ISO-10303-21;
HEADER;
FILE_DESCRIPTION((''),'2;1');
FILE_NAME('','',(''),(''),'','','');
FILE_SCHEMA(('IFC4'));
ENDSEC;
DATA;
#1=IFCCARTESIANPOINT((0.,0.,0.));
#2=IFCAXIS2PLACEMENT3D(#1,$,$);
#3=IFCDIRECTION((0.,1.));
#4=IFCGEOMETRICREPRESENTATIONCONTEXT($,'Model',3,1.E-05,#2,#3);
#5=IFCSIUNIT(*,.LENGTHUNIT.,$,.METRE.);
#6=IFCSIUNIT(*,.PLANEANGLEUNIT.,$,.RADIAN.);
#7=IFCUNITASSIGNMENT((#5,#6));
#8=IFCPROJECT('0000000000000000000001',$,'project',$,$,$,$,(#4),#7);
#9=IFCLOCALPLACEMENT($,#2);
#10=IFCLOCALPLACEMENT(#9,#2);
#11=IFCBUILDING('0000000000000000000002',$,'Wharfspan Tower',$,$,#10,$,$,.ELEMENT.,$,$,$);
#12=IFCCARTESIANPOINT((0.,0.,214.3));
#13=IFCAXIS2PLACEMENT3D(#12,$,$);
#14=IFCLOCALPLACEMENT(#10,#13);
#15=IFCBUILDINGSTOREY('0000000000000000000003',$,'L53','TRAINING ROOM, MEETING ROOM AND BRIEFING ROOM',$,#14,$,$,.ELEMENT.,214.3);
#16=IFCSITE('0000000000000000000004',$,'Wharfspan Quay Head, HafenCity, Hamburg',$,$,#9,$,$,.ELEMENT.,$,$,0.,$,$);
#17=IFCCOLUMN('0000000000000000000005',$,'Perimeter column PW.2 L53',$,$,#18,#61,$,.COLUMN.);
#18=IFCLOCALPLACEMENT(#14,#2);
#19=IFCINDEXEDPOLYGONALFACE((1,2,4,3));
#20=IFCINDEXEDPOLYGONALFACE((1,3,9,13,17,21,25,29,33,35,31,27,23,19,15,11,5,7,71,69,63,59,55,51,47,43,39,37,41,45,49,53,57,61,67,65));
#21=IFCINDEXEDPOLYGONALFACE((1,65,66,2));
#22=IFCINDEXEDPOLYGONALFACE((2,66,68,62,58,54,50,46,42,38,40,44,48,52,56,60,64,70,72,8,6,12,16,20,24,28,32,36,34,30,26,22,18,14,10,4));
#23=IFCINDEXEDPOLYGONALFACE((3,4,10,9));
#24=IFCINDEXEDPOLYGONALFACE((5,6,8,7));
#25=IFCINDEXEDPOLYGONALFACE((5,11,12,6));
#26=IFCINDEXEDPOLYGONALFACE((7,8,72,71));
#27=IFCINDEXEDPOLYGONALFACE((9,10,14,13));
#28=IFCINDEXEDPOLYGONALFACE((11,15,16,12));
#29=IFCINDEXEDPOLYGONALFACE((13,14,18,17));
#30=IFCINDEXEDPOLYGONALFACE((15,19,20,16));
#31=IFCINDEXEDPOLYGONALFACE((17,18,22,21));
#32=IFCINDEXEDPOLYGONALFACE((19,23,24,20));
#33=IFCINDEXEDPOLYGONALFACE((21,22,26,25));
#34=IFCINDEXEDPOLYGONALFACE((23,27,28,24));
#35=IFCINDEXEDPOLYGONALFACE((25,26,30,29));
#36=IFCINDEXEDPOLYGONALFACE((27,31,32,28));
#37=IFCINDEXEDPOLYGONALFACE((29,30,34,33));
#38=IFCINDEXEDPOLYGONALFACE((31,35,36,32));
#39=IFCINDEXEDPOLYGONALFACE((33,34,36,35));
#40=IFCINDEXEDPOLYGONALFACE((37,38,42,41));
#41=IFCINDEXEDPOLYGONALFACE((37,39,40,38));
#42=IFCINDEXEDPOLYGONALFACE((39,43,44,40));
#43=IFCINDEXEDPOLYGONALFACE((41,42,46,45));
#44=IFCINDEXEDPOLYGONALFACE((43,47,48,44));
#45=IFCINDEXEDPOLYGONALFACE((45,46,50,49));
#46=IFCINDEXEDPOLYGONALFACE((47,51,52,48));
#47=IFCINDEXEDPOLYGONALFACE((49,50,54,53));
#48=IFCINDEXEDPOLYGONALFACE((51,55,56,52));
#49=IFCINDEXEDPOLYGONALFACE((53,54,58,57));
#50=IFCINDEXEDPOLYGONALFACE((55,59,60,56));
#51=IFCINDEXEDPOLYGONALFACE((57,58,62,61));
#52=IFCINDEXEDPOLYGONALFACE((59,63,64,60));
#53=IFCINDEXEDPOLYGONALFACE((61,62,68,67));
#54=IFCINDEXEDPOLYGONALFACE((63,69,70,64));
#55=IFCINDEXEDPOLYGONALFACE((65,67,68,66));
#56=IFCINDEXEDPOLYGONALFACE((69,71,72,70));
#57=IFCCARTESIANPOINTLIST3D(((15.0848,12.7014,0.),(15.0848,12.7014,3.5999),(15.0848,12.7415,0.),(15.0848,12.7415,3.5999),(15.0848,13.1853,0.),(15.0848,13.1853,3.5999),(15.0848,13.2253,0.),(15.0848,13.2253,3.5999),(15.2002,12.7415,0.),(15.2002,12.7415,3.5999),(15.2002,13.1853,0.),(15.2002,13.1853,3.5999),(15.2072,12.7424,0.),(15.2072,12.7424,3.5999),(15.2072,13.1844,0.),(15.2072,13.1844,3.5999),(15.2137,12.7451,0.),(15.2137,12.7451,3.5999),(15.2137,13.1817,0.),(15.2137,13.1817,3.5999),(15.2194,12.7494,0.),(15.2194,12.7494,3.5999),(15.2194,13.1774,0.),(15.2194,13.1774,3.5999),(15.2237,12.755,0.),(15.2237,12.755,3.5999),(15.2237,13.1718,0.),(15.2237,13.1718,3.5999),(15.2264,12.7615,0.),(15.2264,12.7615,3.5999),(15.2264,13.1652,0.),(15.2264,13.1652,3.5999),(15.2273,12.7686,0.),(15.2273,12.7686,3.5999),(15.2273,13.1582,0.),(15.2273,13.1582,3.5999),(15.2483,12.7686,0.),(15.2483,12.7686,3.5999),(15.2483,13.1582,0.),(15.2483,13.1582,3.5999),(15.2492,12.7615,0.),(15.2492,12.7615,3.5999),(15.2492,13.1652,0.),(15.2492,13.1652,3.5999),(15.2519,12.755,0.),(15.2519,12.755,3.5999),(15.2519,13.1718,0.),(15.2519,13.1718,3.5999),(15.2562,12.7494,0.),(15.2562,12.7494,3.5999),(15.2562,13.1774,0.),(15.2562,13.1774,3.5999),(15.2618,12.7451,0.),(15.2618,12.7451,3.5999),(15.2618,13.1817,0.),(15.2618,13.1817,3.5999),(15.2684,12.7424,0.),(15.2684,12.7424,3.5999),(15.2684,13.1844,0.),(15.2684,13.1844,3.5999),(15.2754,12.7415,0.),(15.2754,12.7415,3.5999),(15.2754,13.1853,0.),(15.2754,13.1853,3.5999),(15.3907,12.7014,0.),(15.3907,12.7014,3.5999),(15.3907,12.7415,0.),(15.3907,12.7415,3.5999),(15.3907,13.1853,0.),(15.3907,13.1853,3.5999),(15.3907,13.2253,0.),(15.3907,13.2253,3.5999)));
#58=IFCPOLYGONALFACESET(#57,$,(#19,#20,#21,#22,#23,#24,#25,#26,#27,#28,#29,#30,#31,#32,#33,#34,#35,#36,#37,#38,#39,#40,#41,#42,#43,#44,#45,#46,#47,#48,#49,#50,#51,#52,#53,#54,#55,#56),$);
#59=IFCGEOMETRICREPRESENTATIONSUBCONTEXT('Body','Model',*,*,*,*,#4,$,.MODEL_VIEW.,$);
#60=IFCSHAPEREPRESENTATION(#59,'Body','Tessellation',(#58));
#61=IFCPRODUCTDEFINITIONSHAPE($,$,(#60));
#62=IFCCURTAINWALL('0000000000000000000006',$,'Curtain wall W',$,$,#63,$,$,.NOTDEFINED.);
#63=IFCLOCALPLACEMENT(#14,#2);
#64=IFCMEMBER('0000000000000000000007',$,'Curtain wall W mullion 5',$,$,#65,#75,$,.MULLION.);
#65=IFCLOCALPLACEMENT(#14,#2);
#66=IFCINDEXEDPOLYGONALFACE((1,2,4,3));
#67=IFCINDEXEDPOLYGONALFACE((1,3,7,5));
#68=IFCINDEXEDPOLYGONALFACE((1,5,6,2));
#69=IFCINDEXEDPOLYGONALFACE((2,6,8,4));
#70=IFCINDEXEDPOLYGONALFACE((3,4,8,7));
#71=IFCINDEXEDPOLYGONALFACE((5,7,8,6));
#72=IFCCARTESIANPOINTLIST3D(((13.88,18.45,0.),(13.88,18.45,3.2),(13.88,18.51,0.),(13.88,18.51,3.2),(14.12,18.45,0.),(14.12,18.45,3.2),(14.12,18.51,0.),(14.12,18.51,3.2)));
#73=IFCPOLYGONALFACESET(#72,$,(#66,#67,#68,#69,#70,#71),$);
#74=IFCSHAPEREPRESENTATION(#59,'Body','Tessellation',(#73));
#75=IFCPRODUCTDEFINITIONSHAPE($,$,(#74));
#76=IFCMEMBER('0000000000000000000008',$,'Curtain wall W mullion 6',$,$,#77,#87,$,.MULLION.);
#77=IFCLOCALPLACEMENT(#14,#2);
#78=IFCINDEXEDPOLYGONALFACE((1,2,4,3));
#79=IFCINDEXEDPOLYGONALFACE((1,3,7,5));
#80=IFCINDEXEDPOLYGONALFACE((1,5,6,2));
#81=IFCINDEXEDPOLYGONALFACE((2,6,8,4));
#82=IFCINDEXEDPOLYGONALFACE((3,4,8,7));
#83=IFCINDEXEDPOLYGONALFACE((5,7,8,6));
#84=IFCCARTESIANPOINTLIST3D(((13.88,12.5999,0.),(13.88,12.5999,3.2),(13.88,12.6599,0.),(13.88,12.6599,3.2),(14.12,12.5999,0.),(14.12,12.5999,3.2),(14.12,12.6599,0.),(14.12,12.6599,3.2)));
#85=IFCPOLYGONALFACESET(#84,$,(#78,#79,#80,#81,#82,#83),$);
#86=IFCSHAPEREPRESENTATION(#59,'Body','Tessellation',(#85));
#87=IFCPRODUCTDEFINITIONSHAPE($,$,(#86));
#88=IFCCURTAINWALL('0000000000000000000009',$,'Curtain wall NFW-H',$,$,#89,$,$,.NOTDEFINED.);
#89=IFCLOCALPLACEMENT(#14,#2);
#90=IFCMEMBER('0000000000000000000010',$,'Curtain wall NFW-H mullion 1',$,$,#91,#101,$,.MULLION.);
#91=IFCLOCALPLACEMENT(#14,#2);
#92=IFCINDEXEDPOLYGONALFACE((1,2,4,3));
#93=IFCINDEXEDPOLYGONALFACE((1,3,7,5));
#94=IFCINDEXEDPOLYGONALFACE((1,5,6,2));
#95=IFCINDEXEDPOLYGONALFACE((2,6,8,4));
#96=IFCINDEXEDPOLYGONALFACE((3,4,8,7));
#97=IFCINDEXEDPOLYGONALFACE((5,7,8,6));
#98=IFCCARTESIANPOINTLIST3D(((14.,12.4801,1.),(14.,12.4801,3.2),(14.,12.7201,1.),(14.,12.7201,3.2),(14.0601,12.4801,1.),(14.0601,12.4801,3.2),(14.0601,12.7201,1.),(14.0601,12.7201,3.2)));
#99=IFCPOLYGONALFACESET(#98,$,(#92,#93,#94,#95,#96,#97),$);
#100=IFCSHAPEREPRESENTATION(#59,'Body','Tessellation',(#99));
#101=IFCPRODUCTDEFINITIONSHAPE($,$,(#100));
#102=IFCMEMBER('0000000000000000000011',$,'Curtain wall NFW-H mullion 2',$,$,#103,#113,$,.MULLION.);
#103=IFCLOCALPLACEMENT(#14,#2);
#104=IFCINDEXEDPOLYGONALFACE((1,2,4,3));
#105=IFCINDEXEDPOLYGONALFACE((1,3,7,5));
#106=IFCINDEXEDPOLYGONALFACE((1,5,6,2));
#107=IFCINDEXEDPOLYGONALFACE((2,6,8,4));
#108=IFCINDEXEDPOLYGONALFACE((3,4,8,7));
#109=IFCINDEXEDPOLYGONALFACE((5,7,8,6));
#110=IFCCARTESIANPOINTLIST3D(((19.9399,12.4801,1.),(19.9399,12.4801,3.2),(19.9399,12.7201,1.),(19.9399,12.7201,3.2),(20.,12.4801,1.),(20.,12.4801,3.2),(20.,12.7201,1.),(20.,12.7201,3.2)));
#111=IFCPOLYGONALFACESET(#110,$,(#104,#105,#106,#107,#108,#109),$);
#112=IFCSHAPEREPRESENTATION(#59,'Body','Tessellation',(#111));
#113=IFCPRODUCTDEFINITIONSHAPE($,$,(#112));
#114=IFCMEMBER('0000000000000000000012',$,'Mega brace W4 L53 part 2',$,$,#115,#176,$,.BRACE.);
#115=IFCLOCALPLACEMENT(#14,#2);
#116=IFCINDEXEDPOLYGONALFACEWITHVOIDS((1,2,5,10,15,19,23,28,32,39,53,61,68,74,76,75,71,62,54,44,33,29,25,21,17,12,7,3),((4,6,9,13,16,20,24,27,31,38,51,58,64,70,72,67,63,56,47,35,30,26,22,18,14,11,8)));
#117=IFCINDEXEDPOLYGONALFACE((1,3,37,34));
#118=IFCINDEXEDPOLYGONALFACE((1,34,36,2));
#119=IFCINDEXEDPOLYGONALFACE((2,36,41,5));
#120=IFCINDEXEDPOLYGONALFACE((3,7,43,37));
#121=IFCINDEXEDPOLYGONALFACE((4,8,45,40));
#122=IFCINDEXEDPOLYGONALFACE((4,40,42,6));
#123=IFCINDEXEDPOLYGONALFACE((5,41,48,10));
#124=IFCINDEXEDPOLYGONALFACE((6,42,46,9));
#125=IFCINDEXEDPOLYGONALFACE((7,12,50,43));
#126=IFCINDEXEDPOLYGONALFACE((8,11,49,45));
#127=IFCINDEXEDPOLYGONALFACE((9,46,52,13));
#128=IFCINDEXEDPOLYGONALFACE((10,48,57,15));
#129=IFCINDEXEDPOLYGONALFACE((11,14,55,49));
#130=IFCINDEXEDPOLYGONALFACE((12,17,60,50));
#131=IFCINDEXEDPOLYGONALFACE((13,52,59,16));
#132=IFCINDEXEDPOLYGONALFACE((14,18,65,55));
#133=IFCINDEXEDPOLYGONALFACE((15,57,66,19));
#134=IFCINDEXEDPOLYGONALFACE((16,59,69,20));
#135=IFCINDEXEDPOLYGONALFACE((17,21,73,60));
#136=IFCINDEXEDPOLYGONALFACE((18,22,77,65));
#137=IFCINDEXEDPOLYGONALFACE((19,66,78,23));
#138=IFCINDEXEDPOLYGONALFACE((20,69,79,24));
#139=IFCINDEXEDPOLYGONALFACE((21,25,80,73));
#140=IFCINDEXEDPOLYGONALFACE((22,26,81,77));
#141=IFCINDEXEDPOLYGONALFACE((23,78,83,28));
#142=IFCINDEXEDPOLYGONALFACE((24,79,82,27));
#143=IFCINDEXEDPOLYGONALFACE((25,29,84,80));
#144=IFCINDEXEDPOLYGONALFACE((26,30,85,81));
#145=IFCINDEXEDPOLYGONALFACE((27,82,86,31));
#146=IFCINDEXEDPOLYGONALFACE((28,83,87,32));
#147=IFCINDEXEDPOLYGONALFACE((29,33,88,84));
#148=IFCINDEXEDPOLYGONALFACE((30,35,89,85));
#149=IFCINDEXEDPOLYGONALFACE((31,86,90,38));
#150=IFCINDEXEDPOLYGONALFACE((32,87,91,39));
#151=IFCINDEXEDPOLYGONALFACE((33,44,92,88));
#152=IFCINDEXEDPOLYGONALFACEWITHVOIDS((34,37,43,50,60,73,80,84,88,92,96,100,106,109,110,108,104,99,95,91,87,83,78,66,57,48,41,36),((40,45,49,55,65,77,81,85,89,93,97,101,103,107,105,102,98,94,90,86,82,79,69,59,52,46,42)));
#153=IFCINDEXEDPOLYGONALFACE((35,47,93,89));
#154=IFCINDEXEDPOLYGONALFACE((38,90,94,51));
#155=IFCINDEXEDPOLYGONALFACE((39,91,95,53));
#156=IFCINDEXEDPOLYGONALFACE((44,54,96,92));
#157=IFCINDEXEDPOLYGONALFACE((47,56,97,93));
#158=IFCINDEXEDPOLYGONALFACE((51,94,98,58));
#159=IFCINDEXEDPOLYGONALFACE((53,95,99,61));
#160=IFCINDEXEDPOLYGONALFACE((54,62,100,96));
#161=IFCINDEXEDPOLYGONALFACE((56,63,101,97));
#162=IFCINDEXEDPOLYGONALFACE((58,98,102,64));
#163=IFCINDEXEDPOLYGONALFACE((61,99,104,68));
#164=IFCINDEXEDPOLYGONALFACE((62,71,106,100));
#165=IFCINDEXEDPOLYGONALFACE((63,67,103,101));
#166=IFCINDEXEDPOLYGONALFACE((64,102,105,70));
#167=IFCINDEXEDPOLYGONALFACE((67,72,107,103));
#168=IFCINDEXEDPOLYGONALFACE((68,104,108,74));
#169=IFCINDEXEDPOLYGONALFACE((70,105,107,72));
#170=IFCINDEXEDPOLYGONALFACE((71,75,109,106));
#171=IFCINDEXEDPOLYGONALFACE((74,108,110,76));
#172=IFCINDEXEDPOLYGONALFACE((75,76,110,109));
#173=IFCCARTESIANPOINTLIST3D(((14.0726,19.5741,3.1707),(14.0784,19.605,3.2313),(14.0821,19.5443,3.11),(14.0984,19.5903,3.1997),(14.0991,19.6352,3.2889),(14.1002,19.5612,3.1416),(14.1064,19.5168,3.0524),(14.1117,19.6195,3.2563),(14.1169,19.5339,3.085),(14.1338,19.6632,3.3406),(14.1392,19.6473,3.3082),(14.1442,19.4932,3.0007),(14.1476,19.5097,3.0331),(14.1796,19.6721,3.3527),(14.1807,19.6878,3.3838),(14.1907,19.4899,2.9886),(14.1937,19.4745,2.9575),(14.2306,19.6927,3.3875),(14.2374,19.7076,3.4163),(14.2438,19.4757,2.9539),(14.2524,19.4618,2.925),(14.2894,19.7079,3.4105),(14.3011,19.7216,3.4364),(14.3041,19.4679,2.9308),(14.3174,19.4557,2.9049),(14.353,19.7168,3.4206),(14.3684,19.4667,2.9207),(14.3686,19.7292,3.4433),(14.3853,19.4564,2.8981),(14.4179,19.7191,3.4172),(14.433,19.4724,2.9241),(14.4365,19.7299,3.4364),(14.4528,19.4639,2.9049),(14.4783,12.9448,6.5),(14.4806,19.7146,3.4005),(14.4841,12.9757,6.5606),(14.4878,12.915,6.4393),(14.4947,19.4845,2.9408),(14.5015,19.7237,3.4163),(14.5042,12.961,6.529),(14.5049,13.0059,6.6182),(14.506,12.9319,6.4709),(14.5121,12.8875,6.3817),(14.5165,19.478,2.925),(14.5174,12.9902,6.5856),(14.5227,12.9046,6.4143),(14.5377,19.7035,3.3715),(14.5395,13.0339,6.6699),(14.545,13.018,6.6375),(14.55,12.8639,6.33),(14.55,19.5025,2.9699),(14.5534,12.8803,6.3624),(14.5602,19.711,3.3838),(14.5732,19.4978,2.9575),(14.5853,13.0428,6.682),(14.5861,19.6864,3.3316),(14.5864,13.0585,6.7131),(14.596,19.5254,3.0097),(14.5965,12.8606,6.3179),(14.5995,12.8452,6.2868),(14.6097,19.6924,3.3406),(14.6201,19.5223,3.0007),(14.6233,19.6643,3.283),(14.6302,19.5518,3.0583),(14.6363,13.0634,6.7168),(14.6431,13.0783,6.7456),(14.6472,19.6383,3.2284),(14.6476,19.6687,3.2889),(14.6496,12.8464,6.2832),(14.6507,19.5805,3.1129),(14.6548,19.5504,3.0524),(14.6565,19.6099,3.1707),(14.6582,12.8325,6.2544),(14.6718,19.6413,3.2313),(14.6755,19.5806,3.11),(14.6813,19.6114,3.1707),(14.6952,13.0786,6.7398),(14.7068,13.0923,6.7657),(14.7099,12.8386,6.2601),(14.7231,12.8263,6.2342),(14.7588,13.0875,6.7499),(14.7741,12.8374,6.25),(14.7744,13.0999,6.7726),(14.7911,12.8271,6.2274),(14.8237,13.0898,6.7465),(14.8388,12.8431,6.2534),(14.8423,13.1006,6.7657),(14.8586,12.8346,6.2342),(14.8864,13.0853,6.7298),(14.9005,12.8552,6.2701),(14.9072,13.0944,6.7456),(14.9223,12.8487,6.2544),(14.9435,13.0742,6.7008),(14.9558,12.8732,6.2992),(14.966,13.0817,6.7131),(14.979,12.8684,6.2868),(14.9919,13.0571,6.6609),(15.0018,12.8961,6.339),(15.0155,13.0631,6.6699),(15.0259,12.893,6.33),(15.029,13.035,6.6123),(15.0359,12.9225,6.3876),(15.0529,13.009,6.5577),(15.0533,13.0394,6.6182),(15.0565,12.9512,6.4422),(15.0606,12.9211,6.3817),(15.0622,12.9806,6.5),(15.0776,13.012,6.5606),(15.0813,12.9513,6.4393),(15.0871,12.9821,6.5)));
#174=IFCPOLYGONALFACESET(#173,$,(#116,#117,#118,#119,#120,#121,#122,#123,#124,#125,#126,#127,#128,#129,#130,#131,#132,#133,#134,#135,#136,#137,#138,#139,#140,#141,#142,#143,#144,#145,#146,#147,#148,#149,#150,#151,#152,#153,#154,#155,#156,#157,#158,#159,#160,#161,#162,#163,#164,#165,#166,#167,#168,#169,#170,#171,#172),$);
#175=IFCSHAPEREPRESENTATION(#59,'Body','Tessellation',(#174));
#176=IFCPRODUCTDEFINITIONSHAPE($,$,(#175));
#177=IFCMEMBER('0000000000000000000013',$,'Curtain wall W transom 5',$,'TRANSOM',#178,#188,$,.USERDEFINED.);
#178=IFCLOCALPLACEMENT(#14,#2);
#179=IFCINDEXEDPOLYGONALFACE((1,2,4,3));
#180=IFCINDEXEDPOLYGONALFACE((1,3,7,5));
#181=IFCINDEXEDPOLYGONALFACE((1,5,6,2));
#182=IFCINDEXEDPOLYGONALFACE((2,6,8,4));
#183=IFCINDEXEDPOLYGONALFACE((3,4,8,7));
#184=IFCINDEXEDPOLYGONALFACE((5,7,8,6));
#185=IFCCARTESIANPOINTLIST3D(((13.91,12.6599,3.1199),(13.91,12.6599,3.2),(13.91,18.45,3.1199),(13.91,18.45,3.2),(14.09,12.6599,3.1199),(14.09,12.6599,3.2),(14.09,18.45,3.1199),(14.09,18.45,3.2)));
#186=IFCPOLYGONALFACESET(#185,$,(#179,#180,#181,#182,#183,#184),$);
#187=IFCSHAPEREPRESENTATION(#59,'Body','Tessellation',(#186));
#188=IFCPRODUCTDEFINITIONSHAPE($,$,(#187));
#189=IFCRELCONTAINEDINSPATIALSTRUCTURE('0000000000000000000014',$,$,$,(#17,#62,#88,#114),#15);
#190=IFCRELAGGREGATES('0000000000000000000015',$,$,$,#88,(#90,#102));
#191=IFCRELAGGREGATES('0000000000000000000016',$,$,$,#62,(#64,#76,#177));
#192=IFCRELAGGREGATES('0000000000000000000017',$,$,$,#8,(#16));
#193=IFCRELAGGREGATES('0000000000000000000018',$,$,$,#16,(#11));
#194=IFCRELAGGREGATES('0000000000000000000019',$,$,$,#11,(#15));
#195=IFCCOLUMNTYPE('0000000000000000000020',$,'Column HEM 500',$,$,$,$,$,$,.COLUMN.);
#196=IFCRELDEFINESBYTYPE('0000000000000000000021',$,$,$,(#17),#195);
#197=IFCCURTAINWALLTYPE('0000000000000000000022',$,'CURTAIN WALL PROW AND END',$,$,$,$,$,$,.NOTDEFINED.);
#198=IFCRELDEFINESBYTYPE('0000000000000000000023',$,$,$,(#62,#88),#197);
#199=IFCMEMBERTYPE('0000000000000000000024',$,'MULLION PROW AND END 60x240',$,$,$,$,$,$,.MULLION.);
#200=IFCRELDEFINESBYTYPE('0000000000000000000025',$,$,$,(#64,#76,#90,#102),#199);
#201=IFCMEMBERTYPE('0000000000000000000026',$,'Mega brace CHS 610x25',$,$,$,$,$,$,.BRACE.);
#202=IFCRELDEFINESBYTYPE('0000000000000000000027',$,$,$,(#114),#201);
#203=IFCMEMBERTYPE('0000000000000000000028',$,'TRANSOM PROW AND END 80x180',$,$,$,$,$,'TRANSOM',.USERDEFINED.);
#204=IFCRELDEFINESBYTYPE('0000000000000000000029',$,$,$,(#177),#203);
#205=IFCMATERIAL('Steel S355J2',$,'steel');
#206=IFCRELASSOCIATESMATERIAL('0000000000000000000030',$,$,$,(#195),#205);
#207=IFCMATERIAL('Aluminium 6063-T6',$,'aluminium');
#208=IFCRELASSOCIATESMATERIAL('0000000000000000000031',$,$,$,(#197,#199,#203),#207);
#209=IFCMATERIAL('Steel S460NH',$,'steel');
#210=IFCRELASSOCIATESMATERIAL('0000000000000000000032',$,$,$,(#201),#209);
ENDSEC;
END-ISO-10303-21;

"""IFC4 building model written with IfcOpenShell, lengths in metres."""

from ifc_helpers import new_model, si_unit, direction, frame, origin, origin_2d, place, context, subcontext, project, spatial, rectangle, hollow_circle, i_section, extrude, material, material_profile, profile_set, type_object, element, aggregate, save


model = new_model("IFC4")

# Units and contexts
model_context = context("Model", 3, precision=1e-05, world=origin(), true_north=direction((0.0, 1.0)))
body_context = subcontext(model_context, "Body", "Model", "MODEL_VIEW")
ifc_project = project(units=[si_unit("LENGTHUNIT", "METRE"), si_unit("PLANEANGLEUNIT", "RADIAN")], contexts=[model_context])

# Site, building, storey
site_placement = place(None, origin())
site = spatial("IfcSite", under=ifc_project, at=site_placement, Name="Wharfspan Quay Head, HafenCity, Hamburg", CompositionType="ELEMENT", RefElevation=0.0)
building_placement = place(site_placement, origin())
building = spatial("IfcBuilding", under=site, at=building_placement, Name="Wharfspan Tower", CompositionType="ELEMENT")
storey_placement = place(building_placement, frame((0.0, 0.0, 214.3)))
storey = spatial("IfcBuildingStorey", under=building, at=storey_placement, Name="L53", Description="TRAINING ROOM, MEETING ROOM AND BRIEFING ROOM", CompositionType="ELEMENT", Elevation=214.3)

# Column
ifc_material_1 = material(Name="Steel S355J2", Category="steel")
ifc_material_profile_1 = material_profile(ifc_material_1, i_section(OverallWidth=0.3059, OverallDepth=0.5239, WebThickness=0.021, FlangeThickness=0.04, FilletRadius=0.0271, at=origin_2d()))
ifc_profile_set_1 = profile_set([ifc_material_profile_1], Name="Steel S355J2")
column_type = type_object("IfcColumnType", Name="Column HEM 500", PredefinedType="COLUMN", material=ifc_profile_set_1)
column_placement = place(storey_placement, frame((15.2378, 12.9634, 0.0), z_axis=(0.0, 0.0, 1.0), x_axis=(-1.0, 0.0, 0.0)))
element("IfcColumn", 1, at=column_placement, inside=storey, type_object=column_type, Name="Perimeter column PW.2 L53", PredefinedType="COLUMN", context=body_context, shape_type="SweptSolid", body=[
    extrude(i_section(OverallWidth=0.3059, OverallDepth=0.5239, WebThickness=0.021, FlangeThickness=0.04, FilletRadius=0.0271, at=origin_2d()), origin(), (0.0, 0.0, 1.0), 3.5999),
])

# Curtain walls, members
ifc_material_2 = material(Name="Aluminium 6063-T6", Category="aluminium")
curtain_wall_type = type_object("IfcCurtainWallType", Name="CURTAIN WALL PROW AND END", PredefinedType="NOTDEFINED", material=ifc_material_2)
curtain_wall_1_placement = place(storey_placement, origin())
curtain_wall_1 = element("IfcCurtainWall", 2, at=curtain_wall_1_placement, inside=storey, type_object=curtain_wall_type, Name="Curtain wall W", PredefinedType="NOTDEFINED")
ifc_material_profile_2 = material_profile(ifc_material_2, rectangle(XDim=0.24, YDim=0.0601, at=origin_2d()))
ifc_profile_set_2 = profile_set([ifc_material_profile_2], Name="Aluminium 6063-T6")
member_type_1 = type_object("IfcMemberType", Name="MULLION PROW AND END 60x240", PredefinedType="MULLION", material=ifc_profile_set_2)
member_1_placement = place(storey_placement, frame((14.0, 18.48, 0.0), z_axis=(0.0, 0.0, 1.0), x_axis=(1.0, 0.0, 0.0)))
member_1 = element("IfcMember", 3, at=member_1_placement, type_object=member_type_1, Name="Curtain wall W mullion 5", PredefinedType="MULLION", context=body_context, shape_type="SweptSolid", body=[
    extrude(rectangle(XDim=0.24, YDim=0.0601, at=origin_2d()), origin(), (0.0, 0.0, 1.0), 3.2),
])
member_2_placement = place(storey_placement, frame((14.0, 12.6299, 0.0), z_axis=(0.0, 0.0, 1.0), x_axis=(1.0, 0.0, 0.0)))
member_2 = element("IfcMember", 4, at=member_2_placement, type_object=member_type_1, Name="Curtain wall W mullion 6", PredefinedType="MULLION", context=body_context, shape_type="SweptSolid", body=[
    extrude(rectangle(XDim=0.24, YDim=0.0601, at=origin_2d()), origin(), (0.0, 0.0, 1.0), 3.2),
])
curtain_wall_2_placement = place(storey_placement, origin())
curtain_wall_2 = element("IfcCurtainWall", 5, at=curtain_wall_2_placement, inside=storey, type_object=curtain_wall_type, Name="Curtain wall NFW-H", PredefinedType="NOTDEFINED")
member_3_placement = place(storey_placement, frame((14.03, 12.6001, 1.0), z_axis=(0.0, 0.0, 1.0), x_axis=(0.0, 1.0, 0.0)))
member_3 = element("IfcMember", 6, at=member_3_placement, type_object=member_type_1, Name="Curtain wall NFW-H mullion 1", PredefinedType="MULLION", context=body_context, shape_type="SweptSolid", body=[
    extrude(rectangle(XDim=0.24, YDim=0.0601, at=origin_2d()), origin(), (0.0, 0.0, 1.0), 2.2),
])
member_4_placement = place(storey_placement, frame((19.97, 12.6001, 1.0), z_axis=(0.0, 0.0, 1.0), x_axis=(0.0, 1.0, 0.0)))
member_4 = element("IfcMember", 7, at=member_4_placement, type_object=member_type_1, Name="Curtain wall NFW-H mullion 2", PredefinedType="MULLION", context=body_context, shape_type="SweptSolid", body=[
    extrude(rectangle(XDim=0.24, YDim=0.0601, at=origin_2d()), origin(), (0.0, 0.0, 1.0), 2.2),
])

# Members
ifc_material_3 = material(Name="Steel S460NH", Category="steel")
ifc_material_profile_3 = material_profile(ifc_material_3, hollow_circle(Radius=0.3049, WallThickness=0.0249, at=origin_2d()))
ifc_profile_set_3 = profile_set([ifc_material_profile_3], Name="Steel S460NH")
member_type_2 = type_object("IfcMemberType", Name="Mega brace CHS 610x25", PredefinedType="BRACE", material=ifc_profile_set_3)
member_5_placement = place(storey_placement, frame((14.377, 19.5928, 3.1707), z_axis=(0.054615, -0.892302, 0.448123), x_axis=(0.998132, 0.061091, -0.000003)))
element("IfcMember", 8, at=member_5_placement, inside=storey, type_object=member_type_2, Name="Mega brace W4 L53 part 2", PredefinedType="BRACE", context=body_context, shape_type="SweptSolid", body=[
    extrude(hollow_circle(Radius=0.3049, WallThickness=0.0249, at=origin_2d()), origin(), (0.0, 0.0, 1.0), 7.4294),
])
ifc_material_profile_4 = material_profile(ifc_material_2, rectangle(XDim=0.1799, YDim=0.0801, at=origin_2d()))
ifc_profile_set_4 = profile_set([ifc_material_profile_4], Name="Aluminium 6063-T6")
member_type_3 = type_object("IfcMemberType", Name="TRANSOM PROW AND END 80x180", ElementType="TRANSOM", PredefinedType="USERDEFINED", material=ifc_profile_set_4)
member_6_placement = place(storey_placement, frame((14.0, 18.45, 3.1599), z_axis=(0.0, -1.0, 0.0), x_axis=(1.0, 0.0, 0.0)))
member_6 = element("IfcMember", 9, at=member_6_placement, type_object=member_type_3, Name="Curtain wall W transom 5", ObjectType="TRANSOM", PredefinedType="USERDEFINED", context=body_context, shape_type="SweptSolid", body=[
    extrude(rectangle(XDim=0.1799, YDim=0.0801, at=origin_2d()), origin(), (0.0, 0.0, 1.0), 5.79),
])

aggregate(curtain_wall_2, [member_3, member_4])
aggregate(curtain_wall_1, [member_1, member_2, member_6])

save(model, "model.ifc")
